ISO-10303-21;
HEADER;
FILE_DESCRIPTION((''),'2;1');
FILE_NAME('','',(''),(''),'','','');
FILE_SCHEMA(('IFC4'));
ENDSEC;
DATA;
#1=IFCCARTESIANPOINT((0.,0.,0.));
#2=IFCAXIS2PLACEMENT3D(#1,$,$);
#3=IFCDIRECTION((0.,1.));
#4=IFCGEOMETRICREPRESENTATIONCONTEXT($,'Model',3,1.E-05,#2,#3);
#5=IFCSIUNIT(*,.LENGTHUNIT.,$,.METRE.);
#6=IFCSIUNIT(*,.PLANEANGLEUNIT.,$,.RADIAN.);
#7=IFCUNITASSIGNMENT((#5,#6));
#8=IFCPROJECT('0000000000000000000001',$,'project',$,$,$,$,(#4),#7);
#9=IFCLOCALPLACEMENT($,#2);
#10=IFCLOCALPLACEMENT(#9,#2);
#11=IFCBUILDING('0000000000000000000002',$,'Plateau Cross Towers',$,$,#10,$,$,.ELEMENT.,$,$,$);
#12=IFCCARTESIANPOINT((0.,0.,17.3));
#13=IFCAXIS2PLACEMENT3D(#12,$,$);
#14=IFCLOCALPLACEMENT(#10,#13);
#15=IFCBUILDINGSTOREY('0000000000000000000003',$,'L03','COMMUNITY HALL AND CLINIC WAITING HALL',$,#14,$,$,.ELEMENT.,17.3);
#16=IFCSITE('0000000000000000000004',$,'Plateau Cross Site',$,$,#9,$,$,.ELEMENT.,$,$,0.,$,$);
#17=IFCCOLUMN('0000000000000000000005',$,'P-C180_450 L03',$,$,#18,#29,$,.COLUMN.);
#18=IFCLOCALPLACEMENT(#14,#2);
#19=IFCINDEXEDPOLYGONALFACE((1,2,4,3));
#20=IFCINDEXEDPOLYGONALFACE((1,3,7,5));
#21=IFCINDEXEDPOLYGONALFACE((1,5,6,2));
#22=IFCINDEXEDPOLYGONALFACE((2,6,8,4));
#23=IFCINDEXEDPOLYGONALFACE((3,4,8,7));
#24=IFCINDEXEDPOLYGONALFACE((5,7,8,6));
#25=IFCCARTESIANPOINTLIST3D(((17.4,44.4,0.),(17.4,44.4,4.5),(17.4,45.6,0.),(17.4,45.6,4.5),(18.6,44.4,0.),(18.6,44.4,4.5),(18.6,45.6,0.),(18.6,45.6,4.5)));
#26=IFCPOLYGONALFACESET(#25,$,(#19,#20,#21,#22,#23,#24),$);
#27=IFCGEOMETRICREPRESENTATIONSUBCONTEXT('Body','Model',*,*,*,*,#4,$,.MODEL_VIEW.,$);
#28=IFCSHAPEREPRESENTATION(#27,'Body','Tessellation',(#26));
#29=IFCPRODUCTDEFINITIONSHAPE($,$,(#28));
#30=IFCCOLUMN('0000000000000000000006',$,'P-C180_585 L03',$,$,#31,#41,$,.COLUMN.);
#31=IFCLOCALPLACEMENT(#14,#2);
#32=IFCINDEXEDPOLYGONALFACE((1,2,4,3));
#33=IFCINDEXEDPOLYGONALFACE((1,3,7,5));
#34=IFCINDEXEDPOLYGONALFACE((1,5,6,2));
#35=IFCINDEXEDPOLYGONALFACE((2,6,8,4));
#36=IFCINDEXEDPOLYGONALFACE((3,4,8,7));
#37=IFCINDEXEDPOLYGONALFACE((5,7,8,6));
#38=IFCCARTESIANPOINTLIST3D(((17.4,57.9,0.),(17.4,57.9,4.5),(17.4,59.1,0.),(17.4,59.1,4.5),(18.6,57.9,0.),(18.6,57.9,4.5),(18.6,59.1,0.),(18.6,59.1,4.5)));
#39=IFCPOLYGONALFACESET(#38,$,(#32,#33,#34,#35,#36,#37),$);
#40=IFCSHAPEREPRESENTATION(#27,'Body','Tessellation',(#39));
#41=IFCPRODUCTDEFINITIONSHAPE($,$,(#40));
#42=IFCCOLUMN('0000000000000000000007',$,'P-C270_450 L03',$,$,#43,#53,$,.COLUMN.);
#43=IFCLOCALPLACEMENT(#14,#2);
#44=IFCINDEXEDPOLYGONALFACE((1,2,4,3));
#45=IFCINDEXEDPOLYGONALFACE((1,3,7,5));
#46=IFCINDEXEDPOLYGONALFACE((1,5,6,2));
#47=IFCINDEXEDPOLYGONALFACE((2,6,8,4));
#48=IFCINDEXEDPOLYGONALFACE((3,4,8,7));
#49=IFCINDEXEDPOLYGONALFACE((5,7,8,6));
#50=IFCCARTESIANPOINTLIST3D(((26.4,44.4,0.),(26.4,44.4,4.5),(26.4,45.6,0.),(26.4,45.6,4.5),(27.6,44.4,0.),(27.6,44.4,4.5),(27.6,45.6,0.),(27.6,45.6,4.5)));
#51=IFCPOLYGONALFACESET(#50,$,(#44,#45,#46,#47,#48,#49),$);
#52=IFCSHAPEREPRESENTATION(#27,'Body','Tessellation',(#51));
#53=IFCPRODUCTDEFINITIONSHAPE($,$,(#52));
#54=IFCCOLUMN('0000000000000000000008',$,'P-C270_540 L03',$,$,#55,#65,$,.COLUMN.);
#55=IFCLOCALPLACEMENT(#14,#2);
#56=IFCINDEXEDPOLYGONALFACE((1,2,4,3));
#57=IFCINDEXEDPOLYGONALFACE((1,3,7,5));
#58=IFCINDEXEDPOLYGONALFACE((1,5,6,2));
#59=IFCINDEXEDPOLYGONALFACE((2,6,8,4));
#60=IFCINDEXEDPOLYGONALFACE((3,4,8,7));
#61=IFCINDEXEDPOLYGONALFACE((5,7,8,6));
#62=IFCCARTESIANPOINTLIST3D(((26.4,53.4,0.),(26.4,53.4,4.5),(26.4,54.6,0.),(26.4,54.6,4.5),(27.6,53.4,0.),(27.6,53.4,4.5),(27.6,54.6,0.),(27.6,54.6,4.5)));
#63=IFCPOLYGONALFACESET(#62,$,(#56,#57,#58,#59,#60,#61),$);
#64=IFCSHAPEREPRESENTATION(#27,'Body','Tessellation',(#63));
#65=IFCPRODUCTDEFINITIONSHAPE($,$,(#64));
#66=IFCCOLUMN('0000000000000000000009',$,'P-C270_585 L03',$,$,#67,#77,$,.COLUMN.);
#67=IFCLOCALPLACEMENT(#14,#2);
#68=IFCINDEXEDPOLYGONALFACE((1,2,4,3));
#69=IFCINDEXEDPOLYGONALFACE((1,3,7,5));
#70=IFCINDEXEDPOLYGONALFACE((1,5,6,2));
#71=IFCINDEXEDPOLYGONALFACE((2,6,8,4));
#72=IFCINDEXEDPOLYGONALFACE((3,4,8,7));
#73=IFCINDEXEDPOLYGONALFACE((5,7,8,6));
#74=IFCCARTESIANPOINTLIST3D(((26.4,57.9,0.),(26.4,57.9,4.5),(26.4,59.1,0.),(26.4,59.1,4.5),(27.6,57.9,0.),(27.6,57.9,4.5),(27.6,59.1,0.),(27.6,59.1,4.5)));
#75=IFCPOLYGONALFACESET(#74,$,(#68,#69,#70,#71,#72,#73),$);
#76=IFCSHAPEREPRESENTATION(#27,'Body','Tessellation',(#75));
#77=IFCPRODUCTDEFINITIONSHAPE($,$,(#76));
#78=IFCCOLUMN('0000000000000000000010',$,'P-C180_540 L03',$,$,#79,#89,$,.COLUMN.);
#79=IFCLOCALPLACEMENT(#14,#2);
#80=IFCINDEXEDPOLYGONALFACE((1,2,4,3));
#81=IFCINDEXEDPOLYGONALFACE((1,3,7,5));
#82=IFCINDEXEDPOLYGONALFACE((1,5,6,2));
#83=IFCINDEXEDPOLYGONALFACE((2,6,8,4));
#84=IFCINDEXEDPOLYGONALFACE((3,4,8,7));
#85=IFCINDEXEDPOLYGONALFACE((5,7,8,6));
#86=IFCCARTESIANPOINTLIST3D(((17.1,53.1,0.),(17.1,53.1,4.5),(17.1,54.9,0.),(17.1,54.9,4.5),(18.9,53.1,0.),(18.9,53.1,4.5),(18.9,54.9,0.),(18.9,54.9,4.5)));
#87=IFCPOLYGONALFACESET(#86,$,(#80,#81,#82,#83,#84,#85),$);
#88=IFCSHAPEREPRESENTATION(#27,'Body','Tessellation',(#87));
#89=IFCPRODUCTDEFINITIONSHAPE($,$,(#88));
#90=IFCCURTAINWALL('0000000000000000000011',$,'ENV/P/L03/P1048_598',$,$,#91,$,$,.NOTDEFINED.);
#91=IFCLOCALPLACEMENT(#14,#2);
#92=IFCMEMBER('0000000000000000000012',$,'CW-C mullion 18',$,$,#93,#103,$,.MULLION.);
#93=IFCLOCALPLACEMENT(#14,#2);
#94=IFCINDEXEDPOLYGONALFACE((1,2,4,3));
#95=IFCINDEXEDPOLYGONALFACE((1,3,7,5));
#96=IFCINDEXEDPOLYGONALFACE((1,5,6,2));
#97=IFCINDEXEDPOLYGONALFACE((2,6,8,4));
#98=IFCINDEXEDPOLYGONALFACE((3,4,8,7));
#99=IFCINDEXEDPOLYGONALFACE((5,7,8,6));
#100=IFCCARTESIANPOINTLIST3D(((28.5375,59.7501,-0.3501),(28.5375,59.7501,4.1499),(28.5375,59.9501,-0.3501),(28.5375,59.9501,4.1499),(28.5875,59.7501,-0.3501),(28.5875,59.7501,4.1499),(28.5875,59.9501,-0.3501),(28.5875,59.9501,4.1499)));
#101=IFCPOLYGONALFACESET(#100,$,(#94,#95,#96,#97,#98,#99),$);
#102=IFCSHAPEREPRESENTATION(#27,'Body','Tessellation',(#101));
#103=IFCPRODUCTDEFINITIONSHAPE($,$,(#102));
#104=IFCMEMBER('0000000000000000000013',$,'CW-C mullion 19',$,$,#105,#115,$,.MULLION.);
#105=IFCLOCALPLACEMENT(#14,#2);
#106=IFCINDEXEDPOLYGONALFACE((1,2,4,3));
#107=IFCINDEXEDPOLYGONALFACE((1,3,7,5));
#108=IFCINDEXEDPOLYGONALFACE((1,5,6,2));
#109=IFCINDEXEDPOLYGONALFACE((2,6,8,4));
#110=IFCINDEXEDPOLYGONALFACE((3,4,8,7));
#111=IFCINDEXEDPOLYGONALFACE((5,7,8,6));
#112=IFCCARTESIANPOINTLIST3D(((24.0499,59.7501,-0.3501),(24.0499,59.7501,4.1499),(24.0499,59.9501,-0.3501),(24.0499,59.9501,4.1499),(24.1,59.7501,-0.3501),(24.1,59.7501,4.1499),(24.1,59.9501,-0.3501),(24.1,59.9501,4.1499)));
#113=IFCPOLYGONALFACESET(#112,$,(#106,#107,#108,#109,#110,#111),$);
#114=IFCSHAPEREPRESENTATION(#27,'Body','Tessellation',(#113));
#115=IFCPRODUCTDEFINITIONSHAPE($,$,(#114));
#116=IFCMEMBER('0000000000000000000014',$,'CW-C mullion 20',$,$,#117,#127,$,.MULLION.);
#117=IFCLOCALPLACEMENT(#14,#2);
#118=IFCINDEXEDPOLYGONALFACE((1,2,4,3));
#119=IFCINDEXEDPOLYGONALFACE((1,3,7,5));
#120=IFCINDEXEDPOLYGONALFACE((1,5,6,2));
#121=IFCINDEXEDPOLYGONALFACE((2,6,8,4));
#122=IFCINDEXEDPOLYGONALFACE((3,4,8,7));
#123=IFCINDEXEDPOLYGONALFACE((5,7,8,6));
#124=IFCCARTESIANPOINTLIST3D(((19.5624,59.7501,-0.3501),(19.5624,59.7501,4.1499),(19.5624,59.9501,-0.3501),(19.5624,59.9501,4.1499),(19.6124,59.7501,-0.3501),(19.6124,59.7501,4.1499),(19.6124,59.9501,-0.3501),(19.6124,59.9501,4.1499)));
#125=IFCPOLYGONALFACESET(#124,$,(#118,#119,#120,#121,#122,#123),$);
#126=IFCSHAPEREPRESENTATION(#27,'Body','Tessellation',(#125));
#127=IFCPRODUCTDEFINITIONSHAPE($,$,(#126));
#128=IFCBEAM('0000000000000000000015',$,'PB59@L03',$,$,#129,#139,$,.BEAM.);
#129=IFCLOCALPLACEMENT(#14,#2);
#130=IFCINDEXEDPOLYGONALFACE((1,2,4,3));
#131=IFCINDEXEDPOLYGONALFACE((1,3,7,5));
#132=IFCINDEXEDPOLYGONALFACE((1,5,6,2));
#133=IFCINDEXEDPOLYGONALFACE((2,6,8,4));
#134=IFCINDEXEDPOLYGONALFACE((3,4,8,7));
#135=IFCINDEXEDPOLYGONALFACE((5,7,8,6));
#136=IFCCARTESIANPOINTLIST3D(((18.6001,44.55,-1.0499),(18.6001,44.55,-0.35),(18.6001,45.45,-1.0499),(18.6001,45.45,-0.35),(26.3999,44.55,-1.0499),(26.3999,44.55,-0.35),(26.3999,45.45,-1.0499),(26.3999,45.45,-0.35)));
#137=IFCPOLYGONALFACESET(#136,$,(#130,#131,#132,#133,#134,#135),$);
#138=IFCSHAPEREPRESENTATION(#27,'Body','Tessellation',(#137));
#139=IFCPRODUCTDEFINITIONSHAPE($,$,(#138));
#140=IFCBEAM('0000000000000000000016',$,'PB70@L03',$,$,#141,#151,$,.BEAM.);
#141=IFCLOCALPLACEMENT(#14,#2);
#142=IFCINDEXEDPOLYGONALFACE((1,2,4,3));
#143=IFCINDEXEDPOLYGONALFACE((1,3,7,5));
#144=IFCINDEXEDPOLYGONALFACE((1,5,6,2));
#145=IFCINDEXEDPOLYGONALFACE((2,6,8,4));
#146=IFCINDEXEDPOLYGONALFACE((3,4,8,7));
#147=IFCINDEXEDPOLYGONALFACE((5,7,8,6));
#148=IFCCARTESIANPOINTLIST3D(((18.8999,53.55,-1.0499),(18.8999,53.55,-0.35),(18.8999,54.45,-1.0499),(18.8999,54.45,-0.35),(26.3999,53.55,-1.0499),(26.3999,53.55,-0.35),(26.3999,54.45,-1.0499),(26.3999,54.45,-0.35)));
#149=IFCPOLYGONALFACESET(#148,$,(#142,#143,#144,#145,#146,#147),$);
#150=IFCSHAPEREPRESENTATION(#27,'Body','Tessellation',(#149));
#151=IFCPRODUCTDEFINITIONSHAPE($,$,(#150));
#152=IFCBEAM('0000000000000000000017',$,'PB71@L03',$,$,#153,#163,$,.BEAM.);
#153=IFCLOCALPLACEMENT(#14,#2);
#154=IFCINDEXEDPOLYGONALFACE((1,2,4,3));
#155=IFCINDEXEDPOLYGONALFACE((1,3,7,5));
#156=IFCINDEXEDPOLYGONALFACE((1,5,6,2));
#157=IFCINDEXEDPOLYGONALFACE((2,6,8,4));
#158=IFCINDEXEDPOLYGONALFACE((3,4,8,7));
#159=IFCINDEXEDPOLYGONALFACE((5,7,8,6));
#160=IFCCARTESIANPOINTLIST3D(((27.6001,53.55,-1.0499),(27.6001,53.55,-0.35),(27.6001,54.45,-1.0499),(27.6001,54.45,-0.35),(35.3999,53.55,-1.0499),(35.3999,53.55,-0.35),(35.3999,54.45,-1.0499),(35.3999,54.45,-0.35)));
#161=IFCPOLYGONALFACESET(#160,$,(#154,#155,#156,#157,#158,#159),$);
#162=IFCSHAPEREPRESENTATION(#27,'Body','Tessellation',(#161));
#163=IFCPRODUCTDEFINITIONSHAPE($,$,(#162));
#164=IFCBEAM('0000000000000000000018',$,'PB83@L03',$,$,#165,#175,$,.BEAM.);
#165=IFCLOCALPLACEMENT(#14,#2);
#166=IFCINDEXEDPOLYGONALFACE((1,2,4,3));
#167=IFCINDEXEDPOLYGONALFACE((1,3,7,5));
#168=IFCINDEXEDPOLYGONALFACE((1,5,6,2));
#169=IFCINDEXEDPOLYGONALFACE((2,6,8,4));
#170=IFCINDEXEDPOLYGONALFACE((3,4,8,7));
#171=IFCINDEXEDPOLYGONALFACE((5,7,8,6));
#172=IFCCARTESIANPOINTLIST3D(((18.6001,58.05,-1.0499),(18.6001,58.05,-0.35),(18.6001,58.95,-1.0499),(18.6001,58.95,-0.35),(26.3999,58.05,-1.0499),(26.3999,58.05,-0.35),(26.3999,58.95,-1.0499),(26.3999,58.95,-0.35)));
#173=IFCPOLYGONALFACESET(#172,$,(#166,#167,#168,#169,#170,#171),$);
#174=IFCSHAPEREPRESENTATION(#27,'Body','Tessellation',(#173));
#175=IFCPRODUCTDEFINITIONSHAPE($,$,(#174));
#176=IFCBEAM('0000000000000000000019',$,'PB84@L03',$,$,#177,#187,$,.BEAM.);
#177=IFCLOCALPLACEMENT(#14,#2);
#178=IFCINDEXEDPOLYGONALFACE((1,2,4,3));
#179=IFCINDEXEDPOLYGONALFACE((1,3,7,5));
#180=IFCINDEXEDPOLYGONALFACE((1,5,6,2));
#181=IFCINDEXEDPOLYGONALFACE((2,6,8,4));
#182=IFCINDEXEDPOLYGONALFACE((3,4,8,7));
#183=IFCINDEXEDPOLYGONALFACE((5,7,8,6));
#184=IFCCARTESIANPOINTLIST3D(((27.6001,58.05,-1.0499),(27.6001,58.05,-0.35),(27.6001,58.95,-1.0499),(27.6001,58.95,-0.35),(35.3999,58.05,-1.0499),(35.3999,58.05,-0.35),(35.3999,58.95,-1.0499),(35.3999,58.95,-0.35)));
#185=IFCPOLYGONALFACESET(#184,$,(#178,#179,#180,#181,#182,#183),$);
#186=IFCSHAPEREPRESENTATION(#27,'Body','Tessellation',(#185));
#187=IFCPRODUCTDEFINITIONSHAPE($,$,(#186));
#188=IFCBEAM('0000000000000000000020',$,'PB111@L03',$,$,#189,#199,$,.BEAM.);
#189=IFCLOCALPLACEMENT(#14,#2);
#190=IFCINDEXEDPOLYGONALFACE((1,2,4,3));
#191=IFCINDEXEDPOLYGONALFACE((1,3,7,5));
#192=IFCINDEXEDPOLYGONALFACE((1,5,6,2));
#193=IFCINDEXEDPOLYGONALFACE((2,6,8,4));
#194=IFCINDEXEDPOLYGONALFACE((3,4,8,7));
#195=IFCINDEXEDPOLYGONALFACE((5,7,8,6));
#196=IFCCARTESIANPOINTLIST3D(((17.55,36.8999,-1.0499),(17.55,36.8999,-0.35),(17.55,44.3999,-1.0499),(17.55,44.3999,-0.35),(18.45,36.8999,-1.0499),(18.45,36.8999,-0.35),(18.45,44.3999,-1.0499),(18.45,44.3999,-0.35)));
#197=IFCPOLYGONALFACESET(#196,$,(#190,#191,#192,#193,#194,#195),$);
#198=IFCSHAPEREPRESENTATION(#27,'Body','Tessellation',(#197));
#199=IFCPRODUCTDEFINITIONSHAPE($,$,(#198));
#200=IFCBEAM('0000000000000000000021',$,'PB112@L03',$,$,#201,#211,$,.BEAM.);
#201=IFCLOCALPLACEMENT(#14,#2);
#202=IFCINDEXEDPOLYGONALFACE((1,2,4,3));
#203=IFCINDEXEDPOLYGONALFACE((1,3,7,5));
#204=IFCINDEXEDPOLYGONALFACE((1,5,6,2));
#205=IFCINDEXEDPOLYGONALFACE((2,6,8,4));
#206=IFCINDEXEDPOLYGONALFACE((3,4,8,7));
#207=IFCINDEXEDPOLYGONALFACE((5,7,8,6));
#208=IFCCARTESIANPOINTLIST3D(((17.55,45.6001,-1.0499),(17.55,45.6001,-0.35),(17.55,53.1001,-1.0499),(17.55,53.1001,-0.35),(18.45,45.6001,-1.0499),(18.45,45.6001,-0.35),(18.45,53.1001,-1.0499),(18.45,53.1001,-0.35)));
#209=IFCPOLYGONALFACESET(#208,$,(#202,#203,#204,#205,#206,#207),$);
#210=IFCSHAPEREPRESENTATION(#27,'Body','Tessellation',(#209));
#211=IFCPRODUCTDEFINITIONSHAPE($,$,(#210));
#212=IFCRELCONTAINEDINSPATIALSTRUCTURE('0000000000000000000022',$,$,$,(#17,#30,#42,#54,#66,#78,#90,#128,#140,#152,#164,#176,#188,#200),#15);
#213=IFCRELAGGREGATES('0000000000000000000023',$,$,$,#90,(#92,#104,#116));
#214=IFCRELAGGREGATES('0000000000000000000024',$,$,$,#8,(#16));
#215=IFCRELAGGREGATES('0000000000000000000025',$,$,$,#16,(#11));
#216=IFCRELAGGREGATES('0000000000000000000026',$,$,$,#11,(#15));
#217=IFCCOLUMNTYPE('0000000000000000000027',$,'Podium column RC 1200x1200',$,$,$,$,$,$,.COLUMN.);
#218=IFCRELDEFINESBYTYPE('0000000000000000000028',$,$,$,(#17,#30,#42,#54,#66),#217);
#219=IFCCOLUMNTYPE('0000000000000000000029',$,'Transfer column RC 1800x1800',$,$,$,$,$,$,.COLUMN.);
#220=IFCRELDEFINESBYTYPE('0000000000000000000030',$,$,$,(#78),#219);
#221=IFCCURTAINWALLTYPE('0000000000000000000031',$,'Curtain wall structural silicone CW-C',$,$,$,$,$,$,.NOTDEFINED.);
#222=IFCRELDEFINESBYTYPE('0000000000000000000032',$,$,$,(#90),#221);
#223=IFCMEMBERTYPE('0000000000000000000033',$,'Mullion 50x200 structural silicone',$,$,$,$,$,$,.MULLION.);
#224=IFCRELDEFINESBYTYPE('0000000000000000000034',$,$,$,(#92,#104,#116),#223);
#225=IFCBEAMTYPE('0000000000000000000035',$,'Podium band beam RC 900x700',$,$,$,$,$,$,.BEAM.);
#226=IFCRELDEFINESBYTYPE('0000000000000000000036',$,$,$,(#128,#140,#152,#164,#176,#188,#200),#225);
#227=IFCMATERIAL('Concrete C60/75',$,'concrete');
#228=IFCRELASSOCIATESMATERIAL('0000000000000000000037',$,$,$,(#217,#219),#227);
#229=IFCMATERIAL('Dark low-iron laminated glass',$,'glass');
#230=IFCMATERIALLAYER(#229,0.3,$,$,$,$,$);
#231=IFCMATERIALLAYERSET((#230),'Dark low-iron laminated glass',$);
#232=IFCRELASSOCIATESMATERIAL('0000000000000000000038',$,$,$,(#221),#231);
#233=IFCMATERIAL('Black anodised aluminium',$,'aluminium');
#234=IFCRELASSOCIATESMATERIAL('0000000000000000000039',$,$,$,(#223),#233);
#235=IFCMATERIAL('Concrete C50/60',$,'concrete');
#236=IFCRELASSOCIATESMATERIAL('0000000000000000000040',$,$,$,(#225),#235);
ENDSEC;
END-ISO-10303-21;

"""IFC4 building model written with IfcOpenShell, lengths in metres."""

from ifc_helpers import new_model, si_unit, direction, frame, origin, origin_2d, place, context, subcontext, project, spatial, rectangle, extrude, material, layer, layer_set, material_profile, profile_set, type_object, element, aggregate, save


model = new_model("IFC4")

# Units and contexts
model_context = context("Model", 3, precision=1e-05, world=origin(), true_north=direction((0.0, 1.0)))
body_context = subcontext(model_context, "Body", "Model", "MODEL_VIEW")
ifc_project = project(units=[si_unit("LENGTHUNIT", "METRE"), si_unit("PLANEANGLEUNIT", "RADIAN")], contexts=[model_context])

# Site, building, storey
site_placement = place(None, origin())
site = spatial("IfcSite", under=ifc_project, at=site_placement, Name="Plateau Cross Site", CompositionType="ELEMENT", RefElevation=0.0)
building_placement = place(site_placement, origin())
building = spatial("IfcBuilding", under=site, at=building_placement, Name="Plateau Cross Towers", CompositionType="ELEMENT")
storey_placement = place(building_placement, frame((0.0, 0.0, 17.3)))
storey = spatial("IfcBuildingStorey", under=building, at=storey_placement, Name="L03", Description="COMMUNITY HALL AND CLINIC WAITING HALL", CompositionType="ELEMENT", Elevation=17.3)

# Columns
ifc_material_1 = material(Name="Concrete C60/75", Category="concrete")
ifc_material_profile_1 = material_profile(ifc_material_1, rectangle(XDim=1.2, YDim=1.2, at=origin_2d()), Name="RC 1200x1200")
ifc_profile_set_1 = profile_set([ifc_material_profile_1], Name="Concrete C60/75")
column_type_1 = type_object("IfcColumnType", Name="Podium column RC 1200x1200", PredefinedType="COLUMN", material=ifc_profile_set_1)
for number, where, z_axis, x_axis, name in (
    (1, (18.0, 45.0, 0.0), (0.0, 0.0, 1.0), (1.0, 0.0, 0.0), "P-C180_450 L03"),
    (2, (18.0, 58.5, 0.0), (0.0, 0.0, 1.0), (1.0, 0.0, 0.0), "P-C180_585 L03"),
    (3, (27.0, 45.0, 0.0), (0.0, 0.0, 1.0), (1.0, 0.0, 0.0), "P-C270_450 L03"),
    (4, (27.0, 54.0, 0.0), (0.0, 0.0, 1.0), (1.0, 0.0, 0.0), "P-C270_540 L03"),
    (5, (27.0, 58.5, 0.0), (0.0, 0.0, 1.0), (1.0, 0.0, 0.0), "P-C270_585 L03"),
):
    element("IfcColumn", number, at=place(storey_placement, frame(where, z_axis=z_axis, x_axis=x_axis)), inside=storey, type_object=column_type_1, Name=name, PredefinedType="COLUMN", context=body_context, shape_type="SweptSolid", body=[
        extrude(rectangle(XDim=1.2, YDim=1.2, at=origin_2d()), origin(), (0.0, 0.0, 1.0), 4.5),
    ])
ifc_material_profile_2 = material_profile(ifc_material_1, rectangle(XDim=1.8, YDim=1.8, at=origin_2d()), Name="RC 1800x1800")
ifc_profile_set_2 = profile_set([ifc_material_profile_2], Name="Concrete C60/75")
column_type_2 = type_object("IfcColumnType", Name="Transfer column RC 1800x1800", PredefinedType="COLUMN", material=ifc_profile_set_2)
column_placement = place(storey_placement, frame((18.0, 54.0, 0.0), z_axis=(0.0, 0.0, 1.0), x_axis=(1.0, 0.0, 0.0)))
element("IfcColumn", 6, at=column_placement, inside=storey, type_object=column_type_2, Name="P-C180_540 L03", PredefinedType="COLUMN", context=body_context, shape_type="SweptSolid", body=[
    extrude(rectangle(XDim=1.8, YDim=1.8, at=origin_2d()), origin(), (0.0, 0.0, 1.0), 4.5),
])

# Curtain wall, members
ifc_material_2 = material(Name="Dark low-iron laminated glass", Category="glass")
ifc_layer_1 = layer(ifc_material_2, 0.3)
ifc_layer_set_1 = layer_set([ifc_layer_1], Name="Dark low-iron laminated glass")
curtain_wall_type = type_object("IfcCurtainWallType", Name="Curtain wall structural silicone CW-C", PredefinedType="NOTDEFINED", material=ifc_layer_set_1)
curtain_wall_placement = place(storey_placement, origin())
curtain_wall = element("IfcCurtainWall", 7, at=curtain_wall_placement, inside=storey, type_object=curtain_wall_type, Name="ENV/P/L03/P1048_598", PredefinedType="NOTDEFINED")
ifc_material_3 = material(Name="Black anodised aluminium", Category="aluminium")
ifc_material_profile_3 = material_profile(ifc_material_3, rectangle(XDim=0.05, YDim=0.2, at=origin_2d()), Name="MULLION 50x200")
ifc_profile_set_3 = profile_set([ifc_material_profile_3], Name="Black anodised aluminium")
member_type = type_object("IfcMemberType", Name="Mullion 50x200 structural silicone", PredefinedType="MULLION", material=ifc_profile_set_3)
member_1_placement = place(storey_placement, frame((28.5625, 59.8501, -0.3501), z_axis=(0.0, 0.0, 1.0), x_axis=(-1.0, 0.0, 0.0)))
member_1 = element("IfcMember", 8, at=member_1_placement, type_object=member_type, Name="CW-C mullion 18", PredefinedType="MULLION", context=body_context, shape_type="SweptSolid", body=[
    extrude(rectangle(XDim=0.05, YDim=0.2, at=origin_2d()), origin(), (0.0, 0.0, 1.0), 4.5),
])
member_2_placement = place(storey_placement, frame((24.075, 59.8501, -0.3501), z_axis=(0.0, 0.0, 1.0), x_axis=(-1.0, 0.0, 0.0)))
member_2 = element("IfcMember", 9, at=member_2_placement, type_object=member_type, Name="CW-C mullion 19", PredefinedType="MULLION", context=body_context, shape_type="SweptSolid", body=[
    extrude(rectangle(XDim=0.05, YDim=0.2, at=origin_2d()), origin(), (0.0, 0.0, 1.0), 4.5),
])
member_3_placement = place(storey_placement, frame((19.5874, 59.8501, -0.3501), z_axis=(0.0, 0.0, 1.0), x_axis=(-1.0, 0.0, 0.0)))
member_3 = element("IfcMember", 10, at=member_3_placement, type_object=member_type, Name="CW-C mullion 20", PredefinedType="MULLION", context=body_context, shape_type="SweptSolid", body=[
    extrude(rectangle(XDim=0.05, YDim=0.2, at=origin_2d()), origin(), (0.0, 0.0, 1.0), 4.5),
])

# Beams
ifc_material_4 = material(Name="Concrete C50/60", Category="concrete")
ifc_material_profile_4 = material_profile(ifc_material_4, rectangle(XDim=0.8999, YDim=0.7, at=origin_2d()), Name="RC 900x700")
ifc_profile_set_4 = profile_set([ifc_material_profile_4], Name="Concrete C50/60")
beam_type = type_object("IfcBeamType", Name="Podium band beam RC 900x700", PredefinedType="BEAM", material=ifc_profile_set_4)
beam_1_placement = place(storey_placement, frame((18.6001, 45.0, -0.7), z_axis=(1.0, 0.0, 0.0), x_axis=(0.0, 1.0, 0.0)))
element("IfcBeam", 11, at=beam_1_placement, inside=storey, type_object=beam_type, Name="PB59@L03", PredefinedType="BEAM", context=body_context, shape_type="SweptSolid", body=[
    extrude(rectangle(XDim=0.8999, YDim=0.7, at=origin_2d()), origin(), (0.0, 0.0, 1.0), 7.7998),
])
beam_2_placement = place(storey_placement, frame((18.8999, 54.0, -0.7), z_axis=(1.0, 0.0, 0.0), x_axis=(0.0, 1.0, 0.0)))
element("IfcBeam", 12, at=beam_2_placement, inside=storey, type_object=beam_type, Name="PB70@L03", PredefinedType="BEAM", context=body_context, shape_type="SweptSolid", body=[
    extrude(rectangle(XDim=0.8999, YDim=0.7, at=origin_2d()), origin(), (0.0, 0.0, 1.0), 7.5),
])
for number, where, z_axis, x_axis, name in (
    (13, (27.6001, 54.0, -0.7), (1.0, 0.0, 0.0), (0.0, 1.0, 0.0), "PB71@L03"),
    (14, (18.6001, 58.5, -0.7), (1.0, 0.0, 0.0), (0.0, 1.0, 0.0), "PB83@L03"),
    (15, (27.6001, 58.5, -0.7), (1.0, 0.0, 0.0), (0.0, 1.0, 0.0), "PB84@L03"),
):
    element("IfcBeam", number, at=place(storey_placement, frame(where, z_axis=z_axis, x_axis=x_axis)), inside=storey, type_object=beam_type, Name=name, PredefinedType="BEAM", context=body_context, shape_type="SweptSolid", body=[
        extrude(rectangle(XDim=0.8999, YDim=0.7, at=origin_2d()), origin(), (0.0, 0.0, 1.0), 7.7998),
    ])
for number, where, z_axis, x_axis, name in (
    (16, (18.0, 36.8999, -0.7), (0.0, 1.0, 0.0), (-1.0, 0.0, 0.0), "PB111@L03"),
    (17, (18.0, 45.6001, -0.7), (0.0, 1.0, 0.0), (-1.0, 0.0, 0.0), "PB112@L03"),
):
    element("IfcBeam", number, at=place(storey_placement, frame(where, z_axis=z_axis, x_axis=x_axis)), inside=storey, type_object=beam_type, Name=name, PredefinedType="BEAM", context=body_context, shape_type="SweptSolid", body=[
        extrude(rectangle(XDim=0.8999, YDim=0.7, at=origin_2d()), origin(), (0.0, 0.0, 1.0), 7.5),
    ])

aggregate(curtain_wall, [member_1, member_2, member_3])

save(model, "model.ifc")
